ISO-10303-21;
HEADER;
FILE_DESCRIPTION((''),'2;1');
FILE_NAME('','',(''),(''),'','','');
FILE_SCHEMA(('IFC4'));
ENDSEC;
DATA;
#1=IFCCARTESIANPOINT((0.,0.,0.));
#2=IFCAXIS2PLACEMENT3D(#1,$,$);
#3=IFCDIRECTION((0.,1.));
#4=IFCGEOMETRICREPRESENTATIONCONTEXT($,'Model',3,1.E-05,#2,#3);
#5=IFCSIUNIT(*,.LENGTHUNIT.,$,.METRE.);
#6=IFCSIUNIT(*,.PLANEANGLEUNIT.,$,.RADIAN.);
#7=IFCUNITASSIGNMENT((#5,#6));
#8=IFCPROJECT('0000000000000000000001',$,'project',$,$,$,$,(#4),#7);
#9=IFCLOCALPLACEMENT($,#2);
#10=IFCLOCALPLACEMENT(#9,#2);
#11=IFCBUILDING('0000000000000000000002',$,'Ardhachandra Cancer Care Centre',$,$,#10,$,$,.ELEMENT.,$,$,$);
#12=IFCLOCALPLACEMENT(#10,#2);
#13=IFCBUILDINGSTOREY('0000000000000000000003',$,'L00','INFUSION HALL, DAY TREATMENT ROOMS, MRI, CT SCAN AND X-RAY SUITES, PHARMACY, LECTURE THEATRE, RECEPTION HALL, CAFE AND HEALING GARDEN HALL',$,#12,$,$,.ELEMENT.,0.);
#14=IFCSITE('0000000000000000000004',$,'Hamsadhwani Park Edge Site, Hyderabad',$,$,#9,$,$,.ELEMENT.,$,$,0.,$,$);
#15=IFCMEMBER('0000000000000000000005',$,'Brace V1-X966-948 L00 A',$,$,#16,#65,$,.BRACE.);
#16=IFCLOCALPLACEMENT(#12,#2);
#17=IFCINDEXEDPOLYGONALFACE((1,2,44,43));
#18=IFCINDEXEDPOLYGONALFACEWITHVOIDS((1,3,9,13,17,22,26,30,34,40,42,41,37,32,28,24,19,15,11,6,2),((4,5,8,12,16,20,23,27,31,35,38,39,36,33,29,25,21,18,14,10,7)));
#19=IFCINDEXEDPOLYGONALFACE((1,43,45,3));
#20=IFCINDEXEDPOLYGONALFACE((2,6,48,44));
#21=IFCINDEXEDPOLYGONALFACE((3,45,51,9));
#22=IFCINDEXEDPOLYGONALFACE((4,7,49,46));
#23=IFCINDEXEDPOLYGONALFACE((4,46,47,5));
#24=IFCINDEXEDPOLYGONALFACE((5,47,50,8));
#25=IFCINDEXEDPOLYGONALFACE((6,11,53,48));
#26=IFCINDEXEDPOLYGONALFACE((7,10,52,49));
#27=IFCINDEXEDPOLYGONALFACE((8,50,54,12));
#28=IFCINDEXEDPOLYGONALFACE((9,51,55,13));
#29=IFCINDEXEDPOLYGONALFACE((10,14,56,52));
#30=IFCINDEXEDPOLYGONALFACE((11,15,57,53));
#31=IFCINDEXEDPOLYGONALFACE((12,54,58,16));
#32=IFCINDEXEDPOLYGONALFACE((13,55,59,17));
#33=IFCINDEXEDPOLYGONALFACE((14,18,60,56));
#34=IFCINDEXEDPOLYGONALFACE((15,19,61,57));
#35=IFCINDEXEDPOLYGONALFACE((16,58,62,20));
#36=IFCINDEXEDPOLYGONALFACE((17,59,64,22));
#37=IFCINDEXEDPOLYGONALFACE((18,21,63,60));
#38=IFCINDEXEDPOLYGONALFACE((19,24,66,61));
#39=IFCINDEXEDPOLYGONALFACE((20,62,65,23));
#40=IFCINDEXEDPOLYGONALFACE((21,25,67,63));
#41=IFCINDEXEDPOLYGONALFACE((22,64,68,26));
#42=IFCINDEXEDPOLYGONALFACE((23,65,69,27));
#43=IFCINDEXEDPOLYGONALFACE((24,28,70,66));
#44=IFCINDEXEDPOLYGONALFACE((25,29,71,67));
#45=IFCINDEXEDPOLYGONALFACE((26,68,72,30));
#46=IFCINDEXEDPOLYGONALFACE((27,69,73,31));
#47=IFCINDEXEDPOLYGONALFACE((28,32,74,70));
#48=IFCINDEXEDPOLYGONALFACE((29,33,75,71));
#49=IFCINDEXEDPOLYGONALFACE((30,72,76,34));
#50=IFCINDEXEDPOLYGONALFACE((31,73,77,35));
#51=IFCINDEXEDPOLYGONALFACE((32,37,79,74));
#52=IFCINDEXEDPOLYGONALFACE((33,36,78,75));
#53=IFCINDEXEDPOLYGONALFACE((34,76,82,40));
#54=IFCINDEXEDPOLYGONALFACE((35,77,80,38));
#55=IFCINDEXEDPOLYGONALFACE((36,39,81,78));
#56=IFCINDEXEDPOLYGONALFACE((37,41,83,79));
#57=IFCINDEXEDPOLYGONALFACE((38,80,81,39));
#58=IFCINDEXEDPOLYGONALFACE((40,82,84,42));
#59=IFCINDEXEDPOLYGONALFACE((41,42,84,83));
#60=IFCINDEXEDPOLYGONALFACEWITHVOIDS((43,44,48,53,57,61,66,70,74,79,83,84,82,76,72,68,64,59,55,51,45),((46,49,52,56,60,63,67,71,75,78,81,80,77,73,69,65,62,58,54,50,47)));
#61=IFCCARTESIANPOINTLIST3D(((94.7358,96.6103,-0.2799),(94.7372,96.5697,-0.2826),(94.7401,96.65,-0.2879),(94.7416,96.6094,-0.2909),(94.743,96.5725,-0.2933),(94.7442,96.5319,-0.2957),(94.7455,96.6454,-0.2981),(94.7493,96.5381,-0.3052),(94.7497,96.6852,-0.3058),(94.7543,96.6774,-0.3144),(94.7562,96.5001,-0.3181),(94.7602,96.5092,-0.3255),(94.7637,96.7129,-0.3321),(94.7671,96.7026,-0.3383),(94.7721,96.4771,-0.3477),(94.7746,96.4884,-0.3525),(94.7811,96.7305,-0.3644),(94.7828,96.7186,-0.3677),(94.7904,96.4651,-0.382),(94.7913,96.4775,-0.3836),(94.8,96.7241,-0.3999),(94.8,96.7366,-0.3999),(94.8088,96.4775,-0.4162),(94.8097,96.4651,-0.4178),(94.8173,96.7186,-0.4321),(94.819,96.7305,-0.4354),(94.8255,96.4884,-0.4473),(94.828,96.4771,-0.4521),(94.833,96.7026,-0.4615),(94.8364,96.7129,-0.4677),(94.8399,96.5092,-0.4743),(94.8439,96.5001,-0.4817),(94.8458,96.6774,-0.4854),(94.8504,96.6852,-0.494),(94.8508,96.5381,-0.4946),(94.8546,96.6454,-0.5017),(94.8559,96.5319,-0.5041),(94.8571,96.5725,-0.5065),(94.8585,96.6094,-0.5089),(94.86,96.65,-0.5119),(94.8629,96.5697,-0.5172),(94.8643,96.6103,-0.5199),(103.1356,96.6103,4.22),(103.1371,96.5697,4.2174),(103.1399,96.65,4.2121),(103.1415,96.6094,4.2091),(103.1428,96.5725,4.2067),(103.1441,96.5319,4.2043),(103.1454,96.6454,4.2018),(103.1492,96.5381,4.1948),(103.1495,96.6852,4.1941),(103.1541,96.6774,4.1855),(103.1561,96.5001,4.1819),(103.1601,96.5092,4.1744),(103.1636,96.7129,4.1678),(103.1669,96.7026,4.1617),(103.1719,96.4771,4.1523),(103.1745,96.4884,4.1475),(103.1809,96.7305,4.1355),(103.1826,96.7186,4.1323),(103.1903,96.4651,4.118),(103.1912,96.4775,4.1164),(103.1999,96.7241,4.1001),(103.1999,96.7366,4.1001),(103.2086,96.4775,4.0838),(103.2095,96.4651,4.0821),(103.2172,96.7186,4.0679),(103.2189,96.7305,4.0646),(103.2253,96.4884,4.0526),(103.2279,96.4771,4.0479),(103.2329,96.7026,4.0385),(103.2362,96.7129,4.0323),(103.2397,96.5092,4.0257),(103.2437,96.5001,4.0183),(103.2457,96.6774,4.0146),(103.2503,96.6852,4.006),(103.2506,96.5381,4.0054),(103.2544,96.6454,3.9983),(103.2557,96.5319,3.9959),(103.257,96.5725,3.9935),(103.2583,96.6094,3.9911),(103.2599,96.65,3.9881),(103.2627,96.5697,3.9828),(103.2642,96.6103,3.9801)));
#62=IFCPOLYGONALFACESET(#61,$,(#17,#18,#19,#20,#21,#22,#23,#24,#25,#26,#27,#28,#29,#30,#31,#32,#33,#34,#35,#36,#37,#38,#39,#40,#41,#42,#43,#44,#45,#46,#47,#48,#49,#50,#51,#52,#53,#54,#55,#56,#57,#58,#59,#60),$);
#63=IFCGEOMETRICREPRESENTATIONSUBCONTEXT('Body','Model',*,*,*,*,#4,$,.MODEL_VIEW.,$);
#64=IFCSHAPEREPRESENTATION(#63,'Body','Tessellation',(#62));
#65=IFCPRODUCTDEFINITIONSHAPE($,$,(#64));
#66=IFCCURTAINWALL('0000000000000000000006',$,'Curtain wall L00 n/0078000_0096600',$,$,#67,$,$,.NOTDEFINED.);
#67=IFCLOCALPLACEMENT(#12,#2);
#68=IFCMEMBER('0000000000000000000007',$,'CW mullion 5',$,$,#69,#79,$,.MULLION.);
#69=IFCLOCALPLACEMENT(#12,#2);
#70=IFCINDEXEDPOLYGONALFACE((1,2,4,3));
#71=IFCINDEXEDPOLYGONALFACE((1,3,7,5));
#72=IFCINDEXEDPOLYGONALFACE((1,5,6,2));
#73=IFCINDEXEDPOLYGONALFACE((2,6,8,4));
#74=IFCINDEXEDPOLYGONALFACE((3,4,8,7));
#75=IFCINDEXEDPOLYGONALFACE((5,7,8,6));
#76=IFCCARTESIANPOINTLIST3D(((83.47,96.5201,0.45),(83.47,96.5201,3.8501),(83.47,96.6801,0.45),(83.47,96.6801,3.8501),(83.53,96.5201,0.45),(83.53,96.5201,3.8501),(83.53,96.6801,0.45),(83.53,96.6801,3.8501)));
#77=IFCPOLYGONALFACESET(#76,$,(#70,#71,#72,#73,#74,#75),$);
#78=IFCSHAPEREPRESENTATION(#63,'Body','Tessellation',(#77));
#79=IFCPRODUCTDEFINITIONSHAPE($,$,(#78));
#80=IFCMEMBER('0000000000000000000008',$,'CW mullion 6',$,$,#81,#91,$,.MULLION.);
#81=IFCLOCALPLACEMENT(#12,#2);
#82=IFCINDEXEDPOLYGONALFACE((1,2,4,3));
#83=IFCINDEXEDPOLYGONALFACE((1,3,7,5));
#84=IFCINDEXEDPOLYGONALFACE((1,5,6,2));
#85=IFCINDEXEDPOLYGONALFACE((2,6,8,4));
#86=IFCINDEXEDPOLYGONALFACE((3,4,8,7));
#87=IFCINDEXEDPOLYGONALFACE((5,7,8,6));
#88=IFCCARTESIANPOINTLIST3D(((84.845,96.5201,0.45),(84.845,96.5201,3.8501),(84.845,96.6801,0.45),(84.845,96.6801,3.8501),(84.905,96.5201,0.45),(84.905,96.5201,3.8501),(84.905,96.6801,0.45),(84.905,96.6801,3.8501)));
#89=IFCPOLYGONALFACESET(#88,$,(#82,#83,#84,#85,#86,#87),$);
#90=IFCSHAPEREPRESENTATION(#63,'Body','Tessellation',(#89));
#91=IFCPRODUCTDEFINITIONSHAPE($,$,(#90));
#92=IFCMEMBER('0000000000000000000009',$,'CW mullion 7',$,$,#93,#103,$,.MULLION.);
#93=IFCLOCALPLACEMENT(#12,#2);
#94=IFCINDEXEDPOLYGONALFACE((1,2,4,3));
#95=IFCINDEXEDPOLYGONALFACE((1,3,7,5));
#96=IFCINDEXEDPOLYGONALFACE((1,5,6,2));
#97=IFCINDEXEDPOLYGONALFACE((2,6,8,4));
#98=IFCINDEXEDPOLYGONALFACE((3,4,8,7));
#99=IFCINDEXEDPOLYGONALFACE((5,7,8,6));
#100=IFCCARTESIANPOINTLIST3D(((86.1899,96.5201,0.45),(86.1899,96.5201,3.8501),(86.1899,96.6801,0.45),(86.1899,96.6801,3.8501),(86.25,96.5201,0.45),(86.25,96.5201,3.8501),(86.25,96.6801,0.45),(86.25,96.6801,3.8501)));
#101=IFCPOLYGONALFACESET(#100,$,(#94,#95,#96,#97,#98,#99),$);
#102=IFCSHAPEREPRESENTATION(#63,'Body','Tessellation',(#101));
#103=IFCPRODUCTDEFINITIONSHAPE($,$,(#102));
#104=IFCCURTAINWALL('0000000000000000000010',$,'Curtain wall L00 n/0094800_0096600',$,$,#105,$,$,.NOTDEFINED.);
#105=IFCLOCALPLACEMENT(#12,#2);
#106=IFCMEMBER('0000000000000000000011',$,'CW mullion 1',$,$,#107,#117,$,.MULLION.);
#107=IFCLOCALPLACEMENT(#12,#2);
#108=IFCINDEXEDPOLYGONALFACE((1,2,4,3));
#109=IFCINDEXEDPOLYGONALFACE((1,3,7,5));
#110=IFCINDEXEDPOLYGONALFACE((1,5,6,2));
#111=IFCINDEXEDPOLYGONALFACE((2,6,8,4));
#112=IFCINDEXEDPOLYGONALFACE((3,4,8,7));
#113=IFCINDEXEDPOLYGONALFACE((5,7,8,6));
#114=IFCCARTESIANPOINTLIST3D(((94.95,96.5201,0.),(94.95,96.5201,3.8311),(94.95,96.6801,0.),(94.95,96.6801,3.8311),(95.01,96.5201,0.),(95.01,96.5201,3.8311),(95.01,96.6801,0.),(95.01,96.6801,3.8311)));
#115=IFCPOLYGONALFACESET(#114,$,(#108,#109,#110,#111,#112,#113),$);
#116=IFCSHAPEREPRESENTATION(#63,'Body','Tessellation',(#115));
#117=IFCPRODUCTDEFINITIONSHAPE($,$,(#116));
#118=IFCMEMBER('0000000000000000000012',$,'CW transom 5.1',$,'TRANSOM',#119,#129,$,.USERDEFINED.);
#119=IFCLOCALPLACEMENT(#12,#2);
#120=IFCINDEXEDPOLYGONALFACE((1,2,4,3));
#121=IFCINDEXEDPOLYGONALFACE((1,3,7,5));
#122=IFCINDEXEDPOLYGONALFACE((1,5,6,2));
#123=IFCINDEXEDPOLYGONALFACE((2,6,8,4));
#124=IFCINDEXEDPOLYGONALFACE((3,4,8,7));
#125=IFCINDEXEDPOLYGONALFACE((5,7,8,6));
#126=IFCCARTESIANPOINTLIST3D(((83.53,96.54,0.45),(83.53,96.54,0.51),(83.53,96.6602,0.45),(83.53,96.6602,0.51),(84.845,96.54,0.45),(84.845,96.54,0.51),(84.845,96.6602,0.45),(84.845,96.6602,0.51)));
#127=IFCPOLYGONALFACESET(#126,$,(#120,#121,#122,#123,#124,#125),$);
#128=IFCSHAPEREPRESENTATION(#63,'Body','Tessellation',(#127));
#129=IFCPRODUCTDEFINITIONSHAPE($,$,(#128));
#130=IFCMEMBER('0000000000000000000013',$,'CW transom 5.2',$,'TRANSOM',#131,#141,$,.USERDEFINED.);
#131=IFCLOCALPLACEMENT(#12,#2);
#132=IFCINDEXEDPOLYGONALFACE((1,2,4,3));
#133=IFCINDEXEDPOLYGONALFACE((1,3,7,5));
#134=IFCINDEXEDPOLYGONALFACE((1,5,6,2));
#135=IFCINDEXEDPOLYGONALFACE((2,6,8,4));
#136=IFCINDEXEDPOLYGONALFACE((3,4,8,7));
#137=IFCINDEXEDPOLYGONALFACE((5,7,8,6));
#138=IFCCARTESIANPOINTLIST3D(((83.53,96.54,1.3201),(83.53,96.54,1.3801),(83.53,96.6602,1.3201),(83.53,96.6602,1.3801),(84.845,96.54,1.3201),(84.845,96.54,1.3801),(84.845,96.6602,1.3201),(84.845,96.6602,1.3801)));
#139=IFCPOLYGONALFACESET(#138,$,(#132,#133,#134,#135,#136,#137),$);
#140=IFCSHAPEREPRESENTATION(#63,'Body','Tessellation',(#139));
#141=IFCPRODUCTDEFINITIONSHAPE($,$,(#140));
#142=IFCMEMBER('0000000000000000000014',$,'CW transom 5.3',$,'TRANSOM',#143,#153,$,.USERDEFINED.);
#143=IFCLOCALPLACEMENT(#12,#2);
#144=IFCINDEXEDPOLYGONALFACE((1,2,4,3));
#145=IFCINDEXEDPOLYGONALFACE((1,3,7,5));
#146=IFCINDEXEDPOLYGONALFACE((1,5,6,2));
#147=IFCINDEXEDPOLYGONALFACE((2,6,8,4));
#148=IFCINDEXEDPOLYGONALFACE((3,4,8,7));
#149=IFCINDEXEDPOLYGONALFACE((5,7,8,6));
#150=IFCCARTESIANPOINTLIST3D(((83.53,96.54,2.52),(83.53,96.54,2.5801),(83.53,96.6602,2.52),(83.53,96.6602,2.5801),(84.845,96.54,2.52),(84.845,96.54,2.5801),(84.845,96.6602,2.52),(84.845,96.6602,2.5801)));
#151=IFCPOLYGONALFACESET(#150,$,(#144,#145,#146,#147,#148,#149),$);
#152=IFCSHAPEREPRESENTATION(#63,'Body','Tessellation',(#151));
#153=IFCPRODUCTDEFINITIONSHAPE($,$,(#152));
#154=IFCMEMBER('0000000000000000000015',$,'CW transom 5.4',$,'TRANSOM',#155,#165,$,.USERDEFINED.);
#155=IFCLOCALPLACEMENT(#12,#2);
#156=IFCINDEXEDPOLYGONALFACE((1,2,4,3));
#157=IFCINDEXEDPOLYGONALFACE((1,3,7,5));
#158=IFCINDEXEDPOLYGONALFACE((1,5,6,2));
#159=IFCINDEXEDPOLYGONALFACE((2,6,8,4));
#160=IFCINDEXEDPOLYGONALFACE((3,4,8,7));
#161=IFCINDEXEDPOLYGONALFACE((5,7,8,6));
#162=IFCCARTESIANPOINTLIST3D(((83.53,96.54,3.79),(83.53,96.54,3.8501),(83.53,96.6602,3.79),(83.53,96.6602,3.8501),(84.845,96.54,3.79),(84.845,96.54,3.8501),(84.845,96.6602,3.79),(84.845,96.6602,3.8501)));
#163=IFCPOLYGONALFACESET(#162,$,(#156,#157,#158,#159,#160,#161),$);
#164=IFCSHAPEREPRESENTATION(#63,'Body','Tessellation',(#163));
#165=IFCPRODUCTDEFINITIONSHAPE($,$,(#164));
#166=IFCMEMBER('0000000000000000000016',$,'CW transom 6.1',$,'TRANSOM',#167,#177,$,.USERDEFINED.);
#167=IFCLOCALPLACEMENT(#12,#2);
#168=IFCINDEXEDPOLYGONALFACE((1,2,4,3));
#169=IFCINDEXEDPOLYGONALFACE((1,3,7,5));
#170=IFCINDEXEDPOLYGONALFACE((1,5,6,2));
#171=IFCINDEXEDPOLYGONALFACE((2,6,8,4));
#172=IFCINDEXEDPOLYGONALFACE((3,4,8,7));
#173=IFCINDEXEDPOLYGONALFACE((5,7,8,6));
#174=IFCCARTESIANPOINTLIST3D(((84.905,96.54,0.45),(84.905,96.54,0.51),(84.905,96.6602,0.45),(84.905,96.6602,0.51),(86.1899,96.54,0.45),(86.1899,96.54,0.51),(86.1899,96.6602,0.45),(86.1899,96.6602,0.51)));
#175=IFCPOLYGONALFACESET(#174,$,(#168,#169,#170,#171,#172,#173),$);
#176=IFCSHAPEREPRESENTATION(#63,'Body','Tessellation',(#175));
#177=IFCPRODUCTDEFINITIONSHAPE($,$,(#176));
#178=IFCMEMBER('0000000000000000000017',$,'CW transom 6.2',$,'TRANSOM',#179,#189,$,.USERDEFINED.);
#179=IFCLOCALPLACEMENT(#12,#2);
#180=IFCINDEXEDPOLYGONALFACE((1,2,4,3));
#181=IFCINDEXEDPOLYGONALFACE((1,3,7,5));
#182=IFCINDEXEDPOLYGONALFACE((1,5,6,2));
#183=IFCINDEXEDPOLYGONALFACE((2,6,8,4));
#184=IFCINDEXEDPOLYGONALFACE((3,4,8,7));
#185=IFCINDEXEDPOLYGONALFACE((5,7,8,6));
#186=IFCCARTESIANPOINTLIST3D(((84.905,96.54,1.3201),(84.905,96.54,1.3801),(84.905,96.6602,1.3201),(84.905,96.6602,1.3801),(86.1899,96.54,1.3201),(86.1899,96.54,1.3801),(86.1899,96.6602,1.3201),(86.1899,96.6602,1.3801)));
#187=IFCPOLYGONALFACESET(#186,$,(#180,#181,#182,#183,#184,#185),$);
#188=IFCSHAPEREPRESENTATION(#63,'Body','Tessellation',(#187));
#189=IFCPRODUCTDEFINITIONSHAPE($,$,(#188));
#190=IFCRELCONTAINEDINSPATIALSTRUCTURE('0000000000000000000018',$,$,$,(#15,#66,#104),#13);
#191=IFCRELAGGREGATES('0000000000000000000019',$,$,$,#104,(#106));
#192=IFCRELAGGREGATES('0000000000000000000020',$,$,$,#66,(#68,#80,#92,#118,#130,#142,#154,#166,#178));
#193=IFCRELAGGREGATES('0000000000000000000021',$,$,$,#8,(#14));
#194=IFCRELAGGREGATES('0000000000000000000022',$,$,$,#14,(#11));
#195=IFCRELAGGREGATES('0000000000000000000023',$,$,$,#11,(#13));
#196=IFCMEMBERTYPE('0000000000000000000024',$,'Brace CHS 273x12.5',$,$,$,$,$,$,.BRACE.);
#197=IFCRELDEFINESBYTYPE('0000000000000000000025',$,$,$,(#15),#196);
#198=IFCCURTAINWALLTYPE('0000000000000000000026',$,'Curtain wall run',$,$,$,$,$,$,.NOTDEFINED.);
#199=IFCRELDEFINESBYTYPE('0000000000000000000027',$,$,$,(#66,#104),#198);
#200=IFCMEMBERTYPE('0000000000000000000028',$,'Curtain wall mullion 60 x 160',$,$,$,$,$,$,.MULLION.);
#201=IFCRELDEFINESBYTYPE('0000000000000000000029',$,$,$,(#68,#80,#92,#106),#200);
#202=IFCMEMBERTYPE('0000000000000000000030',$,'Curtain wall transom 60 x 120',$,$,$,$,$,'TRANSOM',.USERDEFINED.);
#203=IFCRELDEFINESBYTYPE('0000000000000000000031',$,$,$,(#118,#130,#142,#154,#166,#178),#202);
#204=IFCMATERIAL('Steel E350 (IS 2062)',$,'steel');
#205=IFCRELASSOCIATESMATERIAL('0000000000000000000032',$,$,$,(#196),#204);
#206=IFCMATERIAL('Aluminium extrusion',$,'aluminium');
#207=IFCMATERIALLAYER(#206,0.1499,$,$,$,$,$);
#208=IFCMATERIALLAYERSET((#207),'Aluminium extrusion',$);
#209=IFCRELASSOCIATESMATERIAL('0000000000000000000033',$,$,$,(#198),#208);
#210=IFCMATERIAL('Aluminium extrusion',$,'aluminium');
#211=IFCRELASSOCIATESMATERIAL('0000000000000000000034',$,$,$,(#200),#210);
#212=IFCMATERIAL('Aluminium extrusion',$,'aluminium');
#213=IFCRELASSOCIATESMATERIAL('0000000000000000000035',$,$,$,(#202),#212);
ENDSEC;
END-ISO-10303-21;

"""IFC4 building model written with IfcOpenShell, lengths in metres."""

from ifc_helpers import new_model, si_unit, direction, frame, origin, origin_2d, place, context, subcontext, project, spatial, rectangle, hollow_circle, extrude, material, layer, layer_set, material_profile, profile_set, type_object, element, aggregate, save


model = new_model("IFC4")

# Units and contexts
model_context = context("Model", 3, precision=1e-05, world=origin(), true_north=direction((0.0, 1.0)))
body_context = subcontext(model_context, "Body", "Model", "MODEL_VIEW")
ifc_project = project(units=[si_unit("LENGTHUNIT", "METRE"), si_unit("PLANEANGLEUNIT", "RADIAN")], contexts=[model_context])

# Site, building, storey
site_placement = place(None, origin())
site = spatial("IfcSite", under=ifc_project, at=site_placement, Name="Hamsadhwani Park Edge Site, Hyderabad", CompositionType="ELEMENT", RefElevation=0.0)
building_placement = place(site_placement, origin())
building = spatial("IfcBuilding", under=site, at=building_placement, Name="Ardhachandra Cancer Care Centre", CompositionType="ELEMENT")
storey_placement = place(building_placement, origin())
storey = spatial("IfcBuildingStorey", under=building, at=storey_placement, Name="L00", Description="INFUSION HALL, DAY TREATMENT ROOMS, MRI, CT SCAN AND X-RAY SUITES, PHARMACY, LECTURE THEATRE, RECEPTION HALL, CAFE AND HEALING GARDEN HALL", CompositionType="ELEMENT", Elevation=0.0)

# Member
ifc_material_1 = material(Name="Steel E350 (IS 2062)", Category="steel")
ifc_material_profile_1 = material_profile(ifc_material_1, hollow_circle(Radius=0.1365, WallThickness=0.0125, at=origin_2d()), Name="CHS 273x12.5")
ifc_profile_set_1 = profile_set([ifc_material_profile_1], Name="Steel E350 (IS 2062)")
member_type_1 = type_object("IfcMemberType", Name="Brace CHS 273x12.5", PredefinedType="BRACE", material=ifc_profile_set_1)
member_1_placement = place(storey_placement, frame((94.8, 96.6001, -0.3999), z_axis=(0.881478, 0.0, 0.472226), x_axis=(0.0, 1.0, 0.0)))
element("IfcMember", 1, at=member_1_placement, inside=storey, type_object=member_type_1, Name="Brace V1-X966-948 L00 A", PredefinedType="BRACE", context=body_context, shape_type="SweptSolid", body=[
    extrude(hollow_circle(Radius=0.1365, WallThickness=0.0125, at=origin_2d()), origin(), (0.0, 0.0, 1.0), 9.5293),
])

# Curtain wall, members
ifc_material_2 = material(Name="Aluminium extrusion", Category="aluminium")
ifc_layer_1 = layer(ifc_material_2, 0.1499)
ifc_layer_set_1 = layer_set([ifc_layer_1], Name="Aluminium extrusion")
curtain_wall_type = type_object("IfcCurtainWallType", Name="Curtain wall run", PredefinedType="NOTDEFINED", material=ifc_layer_set_1)
curtain_wall_1_placement = place(storey_placement, origin())
curtain_wall_1 = element("IfcCurtainWall", 2, at=curtain_wall_1_placement, inside=storey, type_object=curtain_wall_type, Name="Curtain wall L00 n/0078000_0096600", PredefinedType="NOTDEFINED")
ifc_material_3 = material(Name="Aluminium extrusion", Category="aluminium")
ifc_material_profile_2 = material_profile(ifc_material_3, rectangle(XDim=0.1599, YDim=0.0601, at=origin_2d()), Name="Curtain wall mullion 60 x 160")
ifc_profile_set_2 = profile_set([ifc_material_profile_2], Name="Aluminium extrusion")
member_type_2 = type_object("IfcMemberType", Name="Curtain wall mullion 60 x 160", PredefinedType="MULLION", material=ifc_profile_set_2)
member_2_placement = place(storey_placement, frame((83.5, 96.6001, 0.45), z_axis=(0.0, 0.0, 1.0), x_axis=(0.0, 1.0, 0.0)))
member_2 = element("IfcMember", 3, at=member_2_placement, type_object=member_type_2, Name="CW mullion 5", PredefinedType="MULLION", context=body_context, shape_type="SweptSolid", body=[
    extrude(rectangle(XDim=0.1599, YDim=0.0601, at=origin_2d()), origin(), (0.0, 0.0, 1.0), 3.4001),
])
member_3_placement = place(storey_placement, frame((84.875, 96.6001, 0.45), z_axis=(0.0, 0.0, 1.0), x_axis=(0.0, 1.0, 0.0)))
member_3 = element("IfcMember", 4, at=member_3_placement, type_object=member_type_2, Name="CW mullion 6", PredefinedType="MULLION", context=body_context, shape_type="SweptSolid", body=[
    extrude(rectangle(XDim=0.1599, YDim=0.0601, at=origin_2d()), origin(), (0.0, 0.0, 1.0), 3.4001),
])
member_4_placement = place(storey_placement, frame((86.22, 96.6001, 0.45), z_axis=(0.0, 0.0, 1.0), x_axis=(0.0, 1.0, 0.0)))
member_4 = element("IfcMember", 5, at=member_4_placement, type_object=member_type_2, Name="CW mullion 7", PredefinedType="MULLION", context=body_context, shape_type="SweptSolid", body=[
    extrude(rectangle(XDim=0.1599, YDim=0.0601, at=origin_2d()), origin(), (0.0, 0.0, 1.0), 3.4001),
])

# Curtain wall, member
curtain_wall_2_placement = place(storey_placement, origin())
curtain_wall_2 = element("IfcCurtainWall", 6, at=curtain_wall_2_placement, inside=storey, type_object=curtain_wall_type, Name="Curtain wall L00 n/0094800_0096600", PredefinedType="NOTDEFINED")
member_5_placement = place(storey_placement, frame((94.98, 96.6001, 0.0), z_axis=(0.0, 0.0, 1.0), x_axis=(0.0, 1.0, 0.0)))
member_5 = element("IfcMember", 7, at=member_5_placement, type_object=member_type_2, Name="CW mullion 1", PredefinedType="MULLION", context=body_context, shape_type="SweptSolid", body=[
    extrude(rectangle(XDim=0.1599, YDim=0.0601, at=origin_2d()), origin(), (0.0, 0.0, 1.0), 3.8311),
])

# Members
ifc_material_4 = material(Name="Aluminium extrusion", Category="aluminium")
ifc_material_profile_3 = material_profile(ifc_material_4, rectangle(XDim=0.1201, YDim=0.0601, at=origin_2d()), Name="Curtain wall transom 60 x 120")
ifc_profile_set_3 = profile_set([ifc_material_profile_3], Name="Aluminium extrusion")
member_type_3 = type_object("IfcMemberType", Name="Curtain wall transom 60 x 120", ElementType="TRANSOM", PredefinedType="USERDEFINED", material=ifc_profile_set_3)
member_6_placement = place(storey_placement, frame((83.53, 96.6001, 0.48), z_axis=(1.0, 0.0, 0.0), x_axis=(0.0, 1.0, 0.0)))
member_6 = element("IfcMember", 8, at=member_6_placement, type_object=member_type_3, Name="CW transom 5.1", ObjectType="TRANSOM", PredefinedType="USERDEFINED", context=body_context, shape_type="SweptSolid", body=[
    extrude(rectangle(XDim=0.1201, YDim=0.0601, at=origin_2d()), origin(), (0.0, 0.0, 1.0), 1.3149),
])
member_7_placement = place(storey_placement, frame((83.53, 96.6001, 1.3501), z_axis=(1.0, 0.0, 0.0), x_axis=(0.0, 1.0, 0.0)))
member_7 = element("IfcMember", 9, at=member_7_placement, type_object=member_type_3, Name="CW transom 5.2", ObjectType="TRANSOM", PredefinedType="USERDEFINED", context=body_context, shape_type="SweptSolid", body=[
    extrude(rectangle(XDim=0.1201, YDim=0.0601, at=origin_2d()), origin(), (0.0, 0.0, 1.0), 1.3149),
])
member_8_placement = place(storey_placement, frame((83.53, 96.6001, 2.55), z_axis=(1.0, 0.0, 0.0), x_axis=(0.0, 1.0, 0.0)))
member_8 = element("IfcMember", 10, at=member_8_placement, type_object=member_type_3, Name="CW transom 5.3", ObjectType="TRANSOM", PredefinedType="USERDEFINED", context=body_context, shape_type="SweptSolid", body=[
    extrude(rectangle(XDim=0.1201, YDim=0.0601, at=origin_2d()), origin(), (0.0, 0.0, 1.0), 1.3149),
])
member_9_placement = place(storey_placement, frame((83.53, 96.6001, 3.8201), z_axis=(1.0, 0.0, 0.0), x_axis=(0.0, 1.0, 0.0)))
member_9 = element("IfcMember", 11, at=member_9_placement, type_object=member_type_3, Name="CW transom 5.4", ObjectType="TRANSOM", PredefinedType="USERDEFINED", context=body_context, shape_type="SweptSolid", body=[
    extrude(rectangle(XDim=0.1201, YDim=0.0601, at=origin_2d()), origin(), (0.0, 0.0, 1.0), 1.3149),
])
member_10_placement = place(storey_placement, frame((84.905, 96.6001, 0.48), z_axis=(1.0, 0.0, 0.0), x_axis=(0.0, 1.0, 0.0)))
member_10 = element("IfcMember", 12, at=member_10_placement, type_object=member_type_3, Name="CW transom 6.1", ObjectType="TRANSOM", PredefinedType="USERDEFINED", context=body_context, shape_type="SweptSolid", body=[
    extrude(rectangle(XDim=0.1201, YDim=0.0601, at=origin_2d()), origin(), (0.0, 0.0, 1.0), 1.2849),
])
member_11_placement = place(storey_placement, frame((84.905, 96.6001, 1.3501), z_axis=(1.0, 0.0, 0.0), x_axis=(0.0, 1.0, 0.0)))
member_11 = element("IfcMember", 13, at=member_11_placement, type_object=member_type_3, Name="CW transom 6.2", ObjectType="TRANSOM", PredefinedType="USERDEFINED", context=body_context, shape_type="SweptSolid", body=[
    extrude(rectangle(XDim=0.1201, YDim=0.0601, at=origin_2d()), origin(), (0.0, 0.0, 1.0), 1.2849),
])

aggregate(curtain_wall_2, [member_5])
aggregate(curtain_wall_1, [member_2, member_3, member_4, member_6, member_7, member_8, member_9, member_10, member_11])

save(model, "model.ifc")
